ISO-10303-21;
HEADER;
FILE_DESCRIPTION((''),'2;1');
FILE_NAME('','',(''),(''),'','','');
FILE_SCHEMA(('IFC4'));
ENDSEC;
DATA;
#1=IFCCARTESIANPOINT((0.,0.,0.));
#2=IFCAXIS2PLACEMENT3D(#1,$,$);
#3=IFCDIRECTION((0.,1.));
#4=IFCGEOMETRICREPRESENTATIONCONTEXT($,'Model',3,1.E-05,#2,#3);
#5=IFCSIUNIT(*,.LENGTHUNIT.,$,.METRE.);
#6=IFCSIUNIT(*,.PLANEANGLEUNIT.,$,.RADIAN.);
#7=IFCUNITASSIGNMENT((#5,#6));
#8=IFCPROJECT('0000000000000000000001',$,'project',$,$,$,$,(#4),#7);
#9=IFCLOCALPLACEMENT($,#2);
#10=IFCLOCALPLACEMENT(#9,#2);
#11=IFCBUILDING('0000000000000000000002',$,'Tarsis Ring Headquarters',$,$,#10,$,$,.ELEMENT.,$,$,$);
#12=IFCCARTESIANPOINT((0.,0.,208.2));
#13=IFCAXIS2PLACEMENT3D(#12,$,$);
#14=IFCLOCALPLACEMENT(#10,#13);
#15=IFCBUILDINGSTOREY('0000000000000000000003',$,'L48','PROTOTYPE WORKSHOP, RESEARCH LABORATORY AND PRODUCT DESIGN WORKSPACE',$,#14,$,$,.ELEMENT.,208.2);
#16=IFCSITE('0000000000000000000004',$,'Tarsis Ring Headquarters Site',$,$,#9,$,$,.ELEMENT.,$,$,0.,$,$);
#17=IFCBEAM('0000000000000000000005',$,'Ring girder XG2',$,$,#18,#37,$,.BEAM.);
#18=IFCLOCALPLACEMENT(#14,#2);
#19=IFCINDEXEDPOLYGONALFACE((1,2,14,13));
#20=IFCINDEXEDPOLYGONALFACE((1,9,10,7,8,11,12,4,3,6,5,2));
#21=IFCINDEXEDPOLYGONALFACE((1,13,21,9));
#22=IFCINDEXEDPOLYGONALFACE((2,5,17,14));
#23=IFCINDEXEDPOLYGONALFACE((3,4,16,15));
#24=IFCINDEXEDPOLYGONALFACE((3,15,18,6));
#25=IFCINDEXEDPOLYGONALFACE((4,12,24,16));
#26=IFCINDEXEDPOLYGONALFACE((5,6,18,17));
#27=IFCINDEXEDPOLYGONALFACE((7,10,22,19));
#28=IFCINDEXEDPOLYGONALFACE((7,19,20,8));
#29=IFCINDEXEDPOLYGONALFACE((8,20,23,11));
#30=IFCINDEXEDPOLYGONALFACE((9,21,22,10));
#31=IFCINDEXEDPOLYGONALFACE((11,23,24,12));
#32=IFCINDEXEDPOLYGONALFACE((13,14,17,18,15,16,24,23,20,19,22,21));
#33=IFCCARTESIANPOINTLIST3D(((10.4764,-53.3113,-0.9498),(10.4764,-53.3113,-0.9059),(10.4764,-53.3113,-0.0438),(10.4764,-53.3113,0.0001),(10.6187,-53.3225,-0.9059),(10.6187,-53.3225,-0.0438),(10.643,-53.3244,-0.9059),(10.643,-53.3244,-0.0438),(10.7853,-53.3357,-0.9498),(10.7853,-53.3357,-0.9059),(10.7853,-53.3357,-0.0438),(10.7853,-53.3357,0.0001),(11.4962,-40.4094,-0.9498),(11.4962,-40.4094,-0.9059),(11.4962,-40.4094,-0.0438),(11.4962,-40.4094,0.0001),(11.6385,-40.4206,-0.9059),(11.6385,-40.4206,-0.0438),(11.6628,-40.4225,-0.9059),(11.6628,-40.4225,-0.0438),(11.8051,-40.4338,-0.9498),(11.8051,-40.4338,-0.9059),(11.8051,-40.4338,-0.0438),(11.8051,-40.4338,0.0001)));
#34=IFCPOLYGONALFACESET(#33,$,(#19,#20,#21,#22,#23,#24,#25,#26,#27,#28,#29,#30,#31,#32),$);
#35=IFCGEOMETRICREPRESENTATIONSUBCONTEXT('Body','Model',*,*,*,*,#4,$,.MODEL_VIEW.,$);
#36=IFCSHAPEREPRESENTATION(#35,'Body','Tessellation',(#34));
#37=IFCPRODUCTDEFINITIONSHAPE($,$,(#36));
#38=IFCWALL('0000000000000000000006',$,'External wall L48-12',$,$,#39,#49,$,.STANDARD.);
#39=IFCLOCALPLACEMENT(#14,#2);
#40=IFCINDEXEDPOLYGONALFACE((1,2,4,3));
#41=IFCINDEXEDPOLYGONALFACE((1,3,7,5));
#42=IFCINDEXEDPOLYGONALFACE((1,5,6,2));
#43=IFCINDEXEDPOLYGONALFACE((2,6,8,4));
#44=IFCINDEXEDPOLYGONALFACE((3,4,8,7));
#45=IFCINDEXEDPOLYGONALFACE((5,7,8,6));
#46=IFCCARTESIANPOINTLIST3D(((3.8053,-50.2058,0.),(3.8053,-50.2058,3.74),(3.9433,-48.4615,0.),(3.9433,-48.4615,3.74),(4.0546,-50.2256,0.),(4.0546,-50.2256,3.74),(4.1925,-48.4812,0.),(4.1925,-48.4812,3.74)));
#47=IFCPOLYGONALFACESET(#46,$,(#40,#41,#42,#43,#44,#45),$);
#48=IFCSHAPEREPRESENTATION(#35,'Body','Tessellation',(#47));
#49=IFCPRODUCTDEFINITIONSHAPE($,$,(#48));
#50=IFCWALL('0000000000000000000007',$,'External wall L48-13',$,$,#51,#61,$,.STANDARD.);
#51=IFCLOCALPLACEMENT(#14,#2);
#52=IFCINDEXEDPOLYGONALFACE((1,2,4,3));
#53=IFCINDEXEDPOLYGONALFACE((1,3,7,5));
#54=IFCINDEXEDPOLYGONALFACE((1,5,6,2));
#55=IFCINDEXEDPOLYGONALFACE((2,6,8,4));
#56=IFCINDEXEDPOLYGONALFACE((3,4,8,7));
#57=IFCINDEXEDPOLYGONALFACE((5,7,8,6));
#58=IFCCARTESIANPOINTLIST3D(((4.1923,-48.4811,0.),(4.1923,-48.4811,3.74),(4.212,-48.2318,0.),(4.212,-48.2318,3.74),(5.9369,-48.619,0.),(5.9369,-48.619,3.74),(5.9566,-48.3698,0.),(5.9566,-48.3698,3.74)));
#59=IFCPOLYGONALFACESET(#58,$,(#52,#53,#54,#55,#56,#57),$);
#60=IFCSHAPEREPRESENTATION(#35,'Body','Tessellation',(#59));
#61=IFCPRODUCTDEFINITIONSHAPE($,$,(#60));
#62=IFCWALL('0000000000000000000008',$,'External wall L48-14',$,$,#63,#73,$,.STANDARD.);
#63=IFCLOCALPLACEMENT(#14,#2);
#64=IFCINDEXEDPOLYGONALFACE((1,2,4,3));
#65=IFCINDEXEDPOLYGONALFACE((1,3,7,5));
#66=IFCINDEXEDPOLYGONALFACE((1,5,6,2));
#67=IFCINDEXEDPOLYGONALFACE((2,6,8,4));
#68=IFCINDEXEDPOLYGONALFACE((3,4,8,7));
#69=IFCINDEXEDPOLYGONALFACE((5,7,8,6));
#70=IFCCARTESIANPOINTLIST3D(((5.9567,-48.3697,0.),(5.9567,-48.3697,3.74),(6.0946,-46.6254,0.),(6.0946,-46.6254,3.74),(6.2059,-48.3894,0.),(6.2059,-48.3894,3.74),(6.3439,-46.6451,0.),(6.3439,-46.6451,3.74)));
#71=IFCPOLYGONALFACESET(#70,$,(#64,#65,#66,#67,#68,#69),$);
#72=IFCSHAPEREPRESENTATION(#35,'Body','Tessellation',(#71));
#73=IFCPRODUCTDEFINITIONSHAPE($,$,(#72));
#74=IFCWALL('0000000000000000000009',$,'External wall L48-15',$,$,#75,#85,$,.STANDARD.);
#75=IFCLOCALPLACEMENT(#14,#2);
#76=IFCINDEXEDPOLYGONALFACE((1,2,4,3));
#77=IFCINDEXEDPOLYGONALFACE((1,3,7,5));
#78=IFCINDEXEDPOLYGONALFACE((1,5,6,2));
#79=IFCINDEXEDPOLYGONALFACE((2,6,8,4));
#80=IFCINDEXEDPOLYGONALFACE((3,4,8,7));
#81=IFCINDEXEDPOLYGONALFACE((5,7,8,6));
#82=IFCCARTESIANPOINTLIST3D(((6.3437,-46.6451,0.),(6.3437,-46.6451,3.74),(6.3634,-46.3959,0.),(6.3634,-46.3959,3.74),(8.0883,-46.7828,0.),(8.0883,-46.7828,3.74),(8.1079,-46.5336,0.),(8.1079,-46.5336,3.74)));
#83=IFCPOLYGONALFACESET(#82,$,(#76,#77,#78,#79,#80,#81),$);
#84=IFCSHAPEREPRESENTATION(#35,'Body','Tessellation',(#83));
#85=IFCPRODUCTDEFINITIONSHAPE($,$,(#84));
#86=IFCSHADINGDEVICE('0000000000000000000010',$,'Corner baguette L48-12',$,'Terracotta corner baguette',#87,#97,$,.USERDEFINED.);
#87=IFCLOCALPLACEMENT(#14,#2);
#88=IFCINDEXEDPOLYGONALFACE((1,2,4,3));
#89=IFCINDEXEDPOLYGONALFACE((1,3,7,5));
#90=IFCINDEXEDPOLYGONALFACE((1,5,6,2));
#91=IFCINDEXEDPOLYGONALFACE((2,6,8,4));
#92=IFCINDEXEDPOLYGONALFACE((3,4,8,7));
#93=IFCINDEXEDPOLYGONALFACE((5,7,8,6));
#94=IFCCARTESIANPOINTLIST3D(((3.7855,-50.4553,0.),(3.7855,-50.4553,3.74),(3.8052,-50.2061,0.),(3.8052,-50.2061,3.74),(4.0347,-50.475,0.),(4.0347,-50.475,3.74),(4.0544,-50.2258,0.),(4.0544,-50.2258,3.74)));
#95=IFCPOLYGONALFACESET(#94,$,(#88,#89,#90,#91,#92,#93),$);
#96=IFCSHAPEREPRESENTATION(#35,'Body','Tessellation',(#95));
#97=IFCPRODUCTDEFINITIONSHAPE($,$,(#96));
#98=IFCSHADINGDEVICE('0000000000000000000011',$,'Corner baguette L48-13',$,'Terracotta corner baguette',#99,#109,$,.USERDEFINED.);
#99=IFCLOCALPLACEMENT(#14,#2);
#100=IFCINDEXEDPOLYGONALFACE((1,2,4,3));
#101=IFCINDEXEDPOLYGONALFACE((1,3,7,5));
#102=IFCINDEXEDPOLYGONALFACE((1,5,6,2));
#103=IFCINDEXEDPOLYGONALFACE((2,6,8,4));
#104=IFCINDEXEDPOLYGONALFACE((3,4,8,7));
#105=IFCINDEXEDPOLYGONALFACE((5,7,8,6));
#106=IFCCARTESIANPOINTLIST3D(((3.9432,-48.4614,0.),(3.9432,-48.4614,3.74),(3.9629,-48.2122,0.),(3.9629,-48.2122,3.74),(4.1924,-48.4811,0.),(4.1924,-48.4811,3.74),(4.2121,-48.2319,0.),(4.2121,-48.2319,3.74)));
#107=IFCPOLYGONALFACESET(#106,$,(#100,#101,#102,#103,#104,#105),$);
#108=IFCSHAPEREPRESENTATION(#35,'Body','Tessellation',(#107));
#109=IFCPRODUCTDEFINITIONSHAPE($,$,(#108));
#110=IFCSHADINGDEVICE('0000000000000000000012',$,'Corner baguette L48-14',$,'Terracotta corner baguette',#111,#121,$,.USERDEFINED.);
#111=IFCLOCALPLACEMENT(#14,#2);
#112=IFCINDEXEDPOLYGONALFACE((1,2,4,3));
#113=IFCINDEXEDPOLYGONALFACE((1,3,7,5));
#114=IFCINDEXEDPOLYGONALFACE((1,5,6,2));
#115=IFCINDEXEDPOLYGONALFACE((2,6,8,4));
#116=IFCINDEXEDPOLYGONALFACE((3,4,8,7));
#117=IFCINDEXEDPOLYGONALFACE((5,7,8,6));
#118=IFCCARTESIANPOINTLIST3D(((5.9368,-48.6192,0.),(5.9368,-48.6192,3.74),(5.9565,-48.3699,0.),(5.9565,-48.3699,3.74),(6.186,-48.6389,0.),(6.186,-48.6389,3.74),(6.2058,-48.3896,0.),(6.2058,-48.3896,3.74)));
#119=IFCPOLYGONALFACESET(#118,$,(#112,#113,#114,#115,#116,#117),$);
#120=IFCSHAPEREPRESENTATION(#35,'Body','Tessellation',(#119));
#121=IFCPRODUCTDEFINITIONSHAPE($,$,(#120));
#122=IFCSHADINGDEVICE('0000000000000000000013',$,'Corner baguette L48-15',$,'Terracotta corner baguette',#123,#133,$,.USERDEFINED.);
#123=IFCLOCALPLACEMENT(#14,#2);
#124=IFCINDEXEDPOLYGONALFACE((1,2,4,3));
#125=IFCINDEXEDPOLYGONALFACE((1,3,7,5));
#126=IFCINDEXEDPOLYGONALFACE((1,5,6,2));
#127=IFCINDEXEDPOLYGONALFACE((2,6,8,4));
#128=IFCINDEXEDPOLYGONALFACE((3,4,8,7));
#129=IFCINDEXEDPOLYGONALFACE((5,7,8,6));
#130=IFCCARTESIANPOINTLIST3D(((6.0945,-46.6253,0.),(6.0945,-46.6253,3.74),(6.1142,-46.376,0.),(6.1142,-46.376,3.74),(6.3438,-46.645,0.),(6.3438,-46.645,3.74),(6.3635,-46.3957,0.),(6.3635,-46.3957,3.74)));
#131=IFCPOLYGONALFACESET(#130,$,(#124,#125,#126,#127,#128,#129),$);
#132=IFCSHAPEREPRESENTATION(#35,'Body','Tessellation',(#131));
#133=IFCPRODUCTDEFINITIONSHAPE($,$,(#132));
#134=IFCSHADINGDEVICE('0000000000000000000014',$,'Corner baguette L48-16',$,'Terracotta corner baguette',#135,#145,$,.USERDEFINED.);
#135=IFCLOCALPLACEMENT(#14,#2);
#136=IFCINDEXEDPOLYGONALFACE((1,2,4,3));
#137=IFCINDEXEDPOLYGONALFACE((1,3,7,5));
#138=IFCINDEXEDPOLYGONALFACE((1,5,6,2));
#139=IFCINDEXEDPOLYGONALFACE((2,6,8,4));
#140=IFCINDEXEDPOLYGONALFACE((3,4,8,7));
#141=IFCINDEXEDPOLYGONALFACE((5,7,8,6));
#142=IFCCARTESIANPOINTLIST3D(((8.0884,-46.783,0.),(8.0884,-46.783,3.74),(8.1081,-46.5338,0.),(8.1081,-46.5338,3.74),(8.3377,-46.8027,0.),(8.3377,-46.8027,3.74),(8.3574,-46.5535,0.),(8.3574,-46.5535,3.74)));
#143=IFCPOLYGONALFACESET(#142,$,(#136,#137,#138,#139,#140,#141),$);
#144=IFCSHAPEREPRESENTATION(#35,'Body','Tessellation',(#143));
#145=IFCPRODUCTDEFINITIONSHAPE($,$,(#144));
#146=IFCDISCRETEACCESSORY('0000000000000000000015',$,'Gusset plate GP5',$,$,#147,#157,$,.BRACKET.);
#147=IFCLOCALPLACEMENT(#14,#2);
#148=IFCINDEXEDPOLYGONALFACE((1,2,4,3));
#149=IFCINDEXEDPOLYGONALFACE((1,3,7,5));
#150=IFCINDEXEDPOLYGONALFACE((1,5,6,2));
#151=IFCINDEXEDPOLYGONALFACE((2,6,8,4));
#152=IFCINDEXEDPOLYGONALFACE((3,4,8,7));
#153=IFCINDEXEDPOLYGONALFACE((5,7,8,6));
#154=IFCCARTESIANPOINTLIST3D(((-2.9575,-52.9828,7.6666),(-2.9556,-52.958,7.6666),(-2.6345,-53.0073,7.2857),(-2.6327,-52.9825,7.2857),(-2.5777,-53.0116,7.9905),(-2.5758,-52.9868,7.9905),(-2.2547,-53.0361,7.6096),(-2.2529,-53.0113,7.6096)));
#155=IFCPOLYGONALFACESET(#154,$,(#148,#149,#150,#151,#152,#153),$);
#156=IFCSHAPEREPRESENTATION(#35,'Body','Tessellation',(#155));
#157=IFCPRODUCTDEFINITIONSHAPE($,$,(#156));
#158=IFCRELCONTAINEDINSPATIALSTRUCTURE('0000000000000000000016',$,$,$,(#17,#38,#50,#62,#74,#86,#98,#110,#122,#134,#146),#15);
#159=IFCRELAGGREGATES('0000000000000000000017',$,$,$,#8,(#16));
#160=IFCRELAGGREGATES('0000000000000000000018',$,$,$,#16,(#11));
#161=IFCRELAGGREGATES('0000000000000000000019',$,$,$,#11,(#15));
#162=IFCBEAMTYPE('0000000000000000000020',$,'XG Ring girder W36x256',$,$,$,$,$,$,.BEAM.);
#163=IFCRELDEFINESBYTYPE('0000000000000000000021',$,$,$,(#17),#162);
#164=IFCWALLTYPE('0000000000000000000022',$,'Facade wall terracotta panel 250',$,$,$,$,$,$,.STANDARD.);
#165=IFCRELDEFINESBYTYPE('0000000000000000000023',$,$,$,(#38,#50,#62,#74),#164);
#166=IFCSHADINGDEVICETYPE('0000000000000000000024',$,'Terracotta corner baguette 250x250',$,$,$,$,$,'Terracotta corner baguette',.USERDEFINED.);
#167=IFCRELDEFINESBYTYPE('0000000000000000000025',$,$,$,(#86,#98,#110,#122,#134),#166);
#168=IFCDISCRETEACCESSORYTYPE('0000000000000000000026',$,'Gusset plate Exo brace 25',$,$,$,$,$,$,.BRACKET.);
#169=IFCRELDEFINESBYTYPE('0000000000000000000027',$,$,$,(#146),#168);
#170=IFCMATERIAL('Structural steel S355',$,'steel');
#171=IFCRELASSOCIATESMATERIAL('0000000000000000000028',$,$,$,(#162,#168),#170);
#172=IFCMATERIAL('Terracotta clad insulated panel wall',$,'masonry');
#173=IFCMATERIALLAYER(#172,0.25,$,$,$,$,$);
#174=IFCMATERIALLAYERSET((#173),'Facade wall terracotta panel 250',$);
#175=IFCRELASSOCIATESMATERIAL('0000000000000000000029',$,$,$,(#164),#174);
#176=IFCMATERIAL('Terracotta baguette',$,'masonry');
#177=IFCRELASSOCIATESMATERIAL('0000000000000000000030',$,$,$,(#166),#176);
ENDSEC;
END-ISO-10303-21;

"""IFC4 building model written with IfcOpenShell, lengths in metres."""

from ifc_helpers import new_model, si_unit, direction, frame, frame_2d, origin, origin_2d, place, context, subcontext, project, spatial, rectangle, i_section, extrude, material, layer, layer_set, material_profile, profile_set, type_object, element, save


model = new_model("IFC4")

# Units and contexts
model_context = context("Model", 3, precision=1e-05, world=origin(), true_north=direction((0.0, 1.0)))
body_context = subcontext(model_context, "Body", "Model", "MODEL_VIEW")
ifc_project = project(units=[si_unit("LENGTHUNIT", "METRE"), si_unit("PLANEANGLEUNIT", "RADIAN")], contexts=[model_context])

# Site, building, storey
site_placement = place(None, origin())
site = spatial("IfcSite", under=ifc_project, at=site_placement, Name="Tarsis Ring Headquarters Site", CompositionType="ELEMENT", RefElevation=0.0)
building_placement = place(site_placement, origin())
building = spatial("IfcBuilding", under=site, at=building_placement, Name="Tarsis Ring Headquarters", CompositionType="ELEMENT")
storey_placement = place(building_placement, frame((0.0, 0.0, 208.2)))
storey = spatial("IfcBuildingStorey", under=building, at=storey_placement, Name="L48", Description="PROTOTYPE WORKSHOP, RESEARCH LABORATORY AND PRODUCT DESIGN WORKSPACE", CompositionType="ELEMENT", Elevation=208.2)

# Shared definitions
ifc_material_1 = material(Name="Structural steel S355", Category="steel")

# Beam
ifc_material_profile_1 = material_profile(ifc_material_1, i_section(OverallWidth=0.3098, OverallDepth=0.95, WebThickness=0.0244, FlangeThickness=0.0439, at=origin_2d()), Name="W36x256")
ifc_profile_set_1 = profile_set([ifc_material_profile_1], Name="Structural steel S355")
beam_type = type_object("IfcBeamType", Name="XG Ring girder W36x256", PredefinedType="BEAM", material=ifc_profile_set_1)
beam_1_placement = place(storey_placement, frame((10.6309, -53.3235, -0.4749), z_axis=(0.078795, 0.996891, 0.0), x_axis=(-0.996891, 0.078795, 0.0)))
element("IfcBeam", 1, at=beam_1_placement, inside=storey, type_object=beam_type, Name="Ring girder XG2", PredefinedType="BEAM", context=body_context, shape_type="SweptSolid", body=[
    extrude(i_section(OverallWidth=0.3098, OverallDepth=0.95, WebThickness=0.0244, FlangeThickness=0.0439, at=origin_2d()), origin(), (0.0, 0.0, 1.0), 12.9421),
])

# Walls
ifc_material_2 = material(Name="Terracotta clad insulated panel wall", Category="masonry")
ifc_layer = layer(ifc_material_2, 0.25)
ifc_layer_set = layer_set([ifc_layer], Name="Facade wall terracotta panel 250")
wall_type = type_object("IfcWallType", Name="Facade wall terracotta panel 250", PredefinedType="STANDARD", material=ifc_layer_set)
wall_1_placement = place(storey_placement, frame((3.9299, -50.2158, 0.0), z_axis=(0.0, 0.0, 1.0), x_axis=(0.07883, 0.996888, 0.0)))
element("IfcWall", 2, at=wall_1_placement, inside=storey, type_object=wall_type, Name="External wall L48-12", PredefinedType="STANDARD", context=body_context, shape_type="SweptSolid", body=[
    extrude(rectangle(XDim=1.7498, YDim=0.25, at=frame_2d((0.875, 0.0))), origin(), (0.0, 0.0, 1.0), 3.74),
])
wall_2_placement = place(storey_placement, frame((4.2021, -48.3564, 0.0), z_axis=(0.0, 0.0, 1.0), x_axis=(0.996889, -0.078819, 0.0)))
element("IfcWall", 3, at=wall_2_placement, inside=storey, type_object=wall_type, Name="External wall L48-13", PredefinedType="STANDARD", context=body_context, shape_type="SweptSolid", body=[
    extrude(rectangle(XDim=1.75, YDim=0.25, at=frame_2d((0.875, 0.0))), origin(), (0.0, 0.0, 1.0), 3.74),
])
wall_3_placement = place(storey_placement, frame((6.0813, -48.3796, 0.0), z_axis=(0.0, 0.0, 1.0), x_axis=(0.07883, 0.996888, 0.0)))
element("IfcWall", 4, at=wall_3_placement, inside=storey, type_object=wall_type, Name="External wall L48-14", PredefinedType="STANDARD", context=body_context, shape_type="SweptSolid", body=[
    extrude(rectangle(XDim=1.7498, YDim=0.25, at=frame_2d((0.875, 0.0))), origin(), (0.0, 0.0, 1.0), 3.74),
])
wall_4_placement = place(storey_placement, frame((6.3535, -46.5205, 0.0), z_axis=(0.0, 0.0, 1.0), x_axis=(0.9969, -0.078681, 0.0)))
element("IfcWall", 5, at=wall_4_placement, inside=storey, type_object=wall_type, Name="External wall L48-15", PredefinedType="STANDARD", context=body_context, shape_type="SweptSolid", body=[
    extrude(rectangle(XDim=1.75, YDim=0.25, at=frame_2d((0.875, 0.0))), origin(), (0.0, 0.0, 1.0), 3.74),
])

# Shading devices
ifc_material_3 = material(Name="Terracotta baguette", Category="masonry")
shading_device_type_1 = type_object("IfcShadingDeviceType", Name="Terracotta corner baguette 250x250", ElementType="Terracotta corner baguette", PredefinedType="USERDEFINED", material=ifc_material_3)
for number, where, z_axis, x_axis, name in (
    (6, (3.9199, -50.3406, 0.0), (0.0, 0.0, 1.0), (0.99689, -0.078807, 0.0), "Corner baguette L48-12"),
    (7, (4.0776, -48.3467, 0.0), (0.0, 0.0, 1.0), (0.078807, 0.99689, 0.0), "Corner baguette L48-13"),
    (8, (6.0713, -48.5044, 0.0), (0.0, 0.0, 1.0), (0.99689, -0.078807, 0.0), "Corner baguette L48-14"),
    (9, (6.229, -46.5105, 0.0), (0.0, 0.0, 1.0), (0.078807, 0.99689, 0.0), "Corner baguette L48-15"),
    (10, (8.2229, -46.6682, 0.0), (0.0, 0.0, 1.0), (0.99689, -0.078807, 0.0), "Corner baguette L48-16"),
):
    element("IfcShadingDevice", number, at=place(storey_placement, frame(where, z_axis=z_axis, x_axis=x_axis)), inside=storey, type_object=shading_device_type_1, Name=name, ObjectType="Terracotta corner baguette", PredefinedType="USERDEFINED", context=body_context, shape_type="SweptSolid", body=[
        extrude(rectangle(XDim=0.25, YDim=0.25, at=origin_2d()), origin(), (0.0, 0.0, 1.0), 3.74),
    ])

# Discrete accessory
ifc_material_profile_2 = material_profile(ifc_material_1, rectangle(XDim=0.0249, YDim=0.5, at=origin_2d()), Name="PL 25x500")
ifc_profile_set_2 = profile_set([ifc_material_profile_2], Name="Structural steel S355")
discrete_accessory_type = type_object("IfcDiscreteAccessoryType", Name="Gusset plate Exo brace 25", PredefinedType="BRACKET", material=ifc_profile_set_2)
discrete_accessory_placement = place(storey_placement, frame((-2.4153, -53.0115, 7.8), z_axis=(-0.759613, 0.057606, -0.647819), x_axis=(-0.075618, -0.997137, 0.0)))
element("IfcDiscreteAccessory", 11, at=discrete_accessory_placement, inside=storey, type_object=discrete_accessory_type, Name="Gusset plate GP5", PredefinedType="BRACKET", context=body_context, shape_type="SweptSolid", body=[
    extrude(rectangle(XDim=0.0249, YDim=0.5, at=origin_2d()), origin(), (0.0, 0.0, 1.0), 0.5),
])

save(model, "model.ifc")
